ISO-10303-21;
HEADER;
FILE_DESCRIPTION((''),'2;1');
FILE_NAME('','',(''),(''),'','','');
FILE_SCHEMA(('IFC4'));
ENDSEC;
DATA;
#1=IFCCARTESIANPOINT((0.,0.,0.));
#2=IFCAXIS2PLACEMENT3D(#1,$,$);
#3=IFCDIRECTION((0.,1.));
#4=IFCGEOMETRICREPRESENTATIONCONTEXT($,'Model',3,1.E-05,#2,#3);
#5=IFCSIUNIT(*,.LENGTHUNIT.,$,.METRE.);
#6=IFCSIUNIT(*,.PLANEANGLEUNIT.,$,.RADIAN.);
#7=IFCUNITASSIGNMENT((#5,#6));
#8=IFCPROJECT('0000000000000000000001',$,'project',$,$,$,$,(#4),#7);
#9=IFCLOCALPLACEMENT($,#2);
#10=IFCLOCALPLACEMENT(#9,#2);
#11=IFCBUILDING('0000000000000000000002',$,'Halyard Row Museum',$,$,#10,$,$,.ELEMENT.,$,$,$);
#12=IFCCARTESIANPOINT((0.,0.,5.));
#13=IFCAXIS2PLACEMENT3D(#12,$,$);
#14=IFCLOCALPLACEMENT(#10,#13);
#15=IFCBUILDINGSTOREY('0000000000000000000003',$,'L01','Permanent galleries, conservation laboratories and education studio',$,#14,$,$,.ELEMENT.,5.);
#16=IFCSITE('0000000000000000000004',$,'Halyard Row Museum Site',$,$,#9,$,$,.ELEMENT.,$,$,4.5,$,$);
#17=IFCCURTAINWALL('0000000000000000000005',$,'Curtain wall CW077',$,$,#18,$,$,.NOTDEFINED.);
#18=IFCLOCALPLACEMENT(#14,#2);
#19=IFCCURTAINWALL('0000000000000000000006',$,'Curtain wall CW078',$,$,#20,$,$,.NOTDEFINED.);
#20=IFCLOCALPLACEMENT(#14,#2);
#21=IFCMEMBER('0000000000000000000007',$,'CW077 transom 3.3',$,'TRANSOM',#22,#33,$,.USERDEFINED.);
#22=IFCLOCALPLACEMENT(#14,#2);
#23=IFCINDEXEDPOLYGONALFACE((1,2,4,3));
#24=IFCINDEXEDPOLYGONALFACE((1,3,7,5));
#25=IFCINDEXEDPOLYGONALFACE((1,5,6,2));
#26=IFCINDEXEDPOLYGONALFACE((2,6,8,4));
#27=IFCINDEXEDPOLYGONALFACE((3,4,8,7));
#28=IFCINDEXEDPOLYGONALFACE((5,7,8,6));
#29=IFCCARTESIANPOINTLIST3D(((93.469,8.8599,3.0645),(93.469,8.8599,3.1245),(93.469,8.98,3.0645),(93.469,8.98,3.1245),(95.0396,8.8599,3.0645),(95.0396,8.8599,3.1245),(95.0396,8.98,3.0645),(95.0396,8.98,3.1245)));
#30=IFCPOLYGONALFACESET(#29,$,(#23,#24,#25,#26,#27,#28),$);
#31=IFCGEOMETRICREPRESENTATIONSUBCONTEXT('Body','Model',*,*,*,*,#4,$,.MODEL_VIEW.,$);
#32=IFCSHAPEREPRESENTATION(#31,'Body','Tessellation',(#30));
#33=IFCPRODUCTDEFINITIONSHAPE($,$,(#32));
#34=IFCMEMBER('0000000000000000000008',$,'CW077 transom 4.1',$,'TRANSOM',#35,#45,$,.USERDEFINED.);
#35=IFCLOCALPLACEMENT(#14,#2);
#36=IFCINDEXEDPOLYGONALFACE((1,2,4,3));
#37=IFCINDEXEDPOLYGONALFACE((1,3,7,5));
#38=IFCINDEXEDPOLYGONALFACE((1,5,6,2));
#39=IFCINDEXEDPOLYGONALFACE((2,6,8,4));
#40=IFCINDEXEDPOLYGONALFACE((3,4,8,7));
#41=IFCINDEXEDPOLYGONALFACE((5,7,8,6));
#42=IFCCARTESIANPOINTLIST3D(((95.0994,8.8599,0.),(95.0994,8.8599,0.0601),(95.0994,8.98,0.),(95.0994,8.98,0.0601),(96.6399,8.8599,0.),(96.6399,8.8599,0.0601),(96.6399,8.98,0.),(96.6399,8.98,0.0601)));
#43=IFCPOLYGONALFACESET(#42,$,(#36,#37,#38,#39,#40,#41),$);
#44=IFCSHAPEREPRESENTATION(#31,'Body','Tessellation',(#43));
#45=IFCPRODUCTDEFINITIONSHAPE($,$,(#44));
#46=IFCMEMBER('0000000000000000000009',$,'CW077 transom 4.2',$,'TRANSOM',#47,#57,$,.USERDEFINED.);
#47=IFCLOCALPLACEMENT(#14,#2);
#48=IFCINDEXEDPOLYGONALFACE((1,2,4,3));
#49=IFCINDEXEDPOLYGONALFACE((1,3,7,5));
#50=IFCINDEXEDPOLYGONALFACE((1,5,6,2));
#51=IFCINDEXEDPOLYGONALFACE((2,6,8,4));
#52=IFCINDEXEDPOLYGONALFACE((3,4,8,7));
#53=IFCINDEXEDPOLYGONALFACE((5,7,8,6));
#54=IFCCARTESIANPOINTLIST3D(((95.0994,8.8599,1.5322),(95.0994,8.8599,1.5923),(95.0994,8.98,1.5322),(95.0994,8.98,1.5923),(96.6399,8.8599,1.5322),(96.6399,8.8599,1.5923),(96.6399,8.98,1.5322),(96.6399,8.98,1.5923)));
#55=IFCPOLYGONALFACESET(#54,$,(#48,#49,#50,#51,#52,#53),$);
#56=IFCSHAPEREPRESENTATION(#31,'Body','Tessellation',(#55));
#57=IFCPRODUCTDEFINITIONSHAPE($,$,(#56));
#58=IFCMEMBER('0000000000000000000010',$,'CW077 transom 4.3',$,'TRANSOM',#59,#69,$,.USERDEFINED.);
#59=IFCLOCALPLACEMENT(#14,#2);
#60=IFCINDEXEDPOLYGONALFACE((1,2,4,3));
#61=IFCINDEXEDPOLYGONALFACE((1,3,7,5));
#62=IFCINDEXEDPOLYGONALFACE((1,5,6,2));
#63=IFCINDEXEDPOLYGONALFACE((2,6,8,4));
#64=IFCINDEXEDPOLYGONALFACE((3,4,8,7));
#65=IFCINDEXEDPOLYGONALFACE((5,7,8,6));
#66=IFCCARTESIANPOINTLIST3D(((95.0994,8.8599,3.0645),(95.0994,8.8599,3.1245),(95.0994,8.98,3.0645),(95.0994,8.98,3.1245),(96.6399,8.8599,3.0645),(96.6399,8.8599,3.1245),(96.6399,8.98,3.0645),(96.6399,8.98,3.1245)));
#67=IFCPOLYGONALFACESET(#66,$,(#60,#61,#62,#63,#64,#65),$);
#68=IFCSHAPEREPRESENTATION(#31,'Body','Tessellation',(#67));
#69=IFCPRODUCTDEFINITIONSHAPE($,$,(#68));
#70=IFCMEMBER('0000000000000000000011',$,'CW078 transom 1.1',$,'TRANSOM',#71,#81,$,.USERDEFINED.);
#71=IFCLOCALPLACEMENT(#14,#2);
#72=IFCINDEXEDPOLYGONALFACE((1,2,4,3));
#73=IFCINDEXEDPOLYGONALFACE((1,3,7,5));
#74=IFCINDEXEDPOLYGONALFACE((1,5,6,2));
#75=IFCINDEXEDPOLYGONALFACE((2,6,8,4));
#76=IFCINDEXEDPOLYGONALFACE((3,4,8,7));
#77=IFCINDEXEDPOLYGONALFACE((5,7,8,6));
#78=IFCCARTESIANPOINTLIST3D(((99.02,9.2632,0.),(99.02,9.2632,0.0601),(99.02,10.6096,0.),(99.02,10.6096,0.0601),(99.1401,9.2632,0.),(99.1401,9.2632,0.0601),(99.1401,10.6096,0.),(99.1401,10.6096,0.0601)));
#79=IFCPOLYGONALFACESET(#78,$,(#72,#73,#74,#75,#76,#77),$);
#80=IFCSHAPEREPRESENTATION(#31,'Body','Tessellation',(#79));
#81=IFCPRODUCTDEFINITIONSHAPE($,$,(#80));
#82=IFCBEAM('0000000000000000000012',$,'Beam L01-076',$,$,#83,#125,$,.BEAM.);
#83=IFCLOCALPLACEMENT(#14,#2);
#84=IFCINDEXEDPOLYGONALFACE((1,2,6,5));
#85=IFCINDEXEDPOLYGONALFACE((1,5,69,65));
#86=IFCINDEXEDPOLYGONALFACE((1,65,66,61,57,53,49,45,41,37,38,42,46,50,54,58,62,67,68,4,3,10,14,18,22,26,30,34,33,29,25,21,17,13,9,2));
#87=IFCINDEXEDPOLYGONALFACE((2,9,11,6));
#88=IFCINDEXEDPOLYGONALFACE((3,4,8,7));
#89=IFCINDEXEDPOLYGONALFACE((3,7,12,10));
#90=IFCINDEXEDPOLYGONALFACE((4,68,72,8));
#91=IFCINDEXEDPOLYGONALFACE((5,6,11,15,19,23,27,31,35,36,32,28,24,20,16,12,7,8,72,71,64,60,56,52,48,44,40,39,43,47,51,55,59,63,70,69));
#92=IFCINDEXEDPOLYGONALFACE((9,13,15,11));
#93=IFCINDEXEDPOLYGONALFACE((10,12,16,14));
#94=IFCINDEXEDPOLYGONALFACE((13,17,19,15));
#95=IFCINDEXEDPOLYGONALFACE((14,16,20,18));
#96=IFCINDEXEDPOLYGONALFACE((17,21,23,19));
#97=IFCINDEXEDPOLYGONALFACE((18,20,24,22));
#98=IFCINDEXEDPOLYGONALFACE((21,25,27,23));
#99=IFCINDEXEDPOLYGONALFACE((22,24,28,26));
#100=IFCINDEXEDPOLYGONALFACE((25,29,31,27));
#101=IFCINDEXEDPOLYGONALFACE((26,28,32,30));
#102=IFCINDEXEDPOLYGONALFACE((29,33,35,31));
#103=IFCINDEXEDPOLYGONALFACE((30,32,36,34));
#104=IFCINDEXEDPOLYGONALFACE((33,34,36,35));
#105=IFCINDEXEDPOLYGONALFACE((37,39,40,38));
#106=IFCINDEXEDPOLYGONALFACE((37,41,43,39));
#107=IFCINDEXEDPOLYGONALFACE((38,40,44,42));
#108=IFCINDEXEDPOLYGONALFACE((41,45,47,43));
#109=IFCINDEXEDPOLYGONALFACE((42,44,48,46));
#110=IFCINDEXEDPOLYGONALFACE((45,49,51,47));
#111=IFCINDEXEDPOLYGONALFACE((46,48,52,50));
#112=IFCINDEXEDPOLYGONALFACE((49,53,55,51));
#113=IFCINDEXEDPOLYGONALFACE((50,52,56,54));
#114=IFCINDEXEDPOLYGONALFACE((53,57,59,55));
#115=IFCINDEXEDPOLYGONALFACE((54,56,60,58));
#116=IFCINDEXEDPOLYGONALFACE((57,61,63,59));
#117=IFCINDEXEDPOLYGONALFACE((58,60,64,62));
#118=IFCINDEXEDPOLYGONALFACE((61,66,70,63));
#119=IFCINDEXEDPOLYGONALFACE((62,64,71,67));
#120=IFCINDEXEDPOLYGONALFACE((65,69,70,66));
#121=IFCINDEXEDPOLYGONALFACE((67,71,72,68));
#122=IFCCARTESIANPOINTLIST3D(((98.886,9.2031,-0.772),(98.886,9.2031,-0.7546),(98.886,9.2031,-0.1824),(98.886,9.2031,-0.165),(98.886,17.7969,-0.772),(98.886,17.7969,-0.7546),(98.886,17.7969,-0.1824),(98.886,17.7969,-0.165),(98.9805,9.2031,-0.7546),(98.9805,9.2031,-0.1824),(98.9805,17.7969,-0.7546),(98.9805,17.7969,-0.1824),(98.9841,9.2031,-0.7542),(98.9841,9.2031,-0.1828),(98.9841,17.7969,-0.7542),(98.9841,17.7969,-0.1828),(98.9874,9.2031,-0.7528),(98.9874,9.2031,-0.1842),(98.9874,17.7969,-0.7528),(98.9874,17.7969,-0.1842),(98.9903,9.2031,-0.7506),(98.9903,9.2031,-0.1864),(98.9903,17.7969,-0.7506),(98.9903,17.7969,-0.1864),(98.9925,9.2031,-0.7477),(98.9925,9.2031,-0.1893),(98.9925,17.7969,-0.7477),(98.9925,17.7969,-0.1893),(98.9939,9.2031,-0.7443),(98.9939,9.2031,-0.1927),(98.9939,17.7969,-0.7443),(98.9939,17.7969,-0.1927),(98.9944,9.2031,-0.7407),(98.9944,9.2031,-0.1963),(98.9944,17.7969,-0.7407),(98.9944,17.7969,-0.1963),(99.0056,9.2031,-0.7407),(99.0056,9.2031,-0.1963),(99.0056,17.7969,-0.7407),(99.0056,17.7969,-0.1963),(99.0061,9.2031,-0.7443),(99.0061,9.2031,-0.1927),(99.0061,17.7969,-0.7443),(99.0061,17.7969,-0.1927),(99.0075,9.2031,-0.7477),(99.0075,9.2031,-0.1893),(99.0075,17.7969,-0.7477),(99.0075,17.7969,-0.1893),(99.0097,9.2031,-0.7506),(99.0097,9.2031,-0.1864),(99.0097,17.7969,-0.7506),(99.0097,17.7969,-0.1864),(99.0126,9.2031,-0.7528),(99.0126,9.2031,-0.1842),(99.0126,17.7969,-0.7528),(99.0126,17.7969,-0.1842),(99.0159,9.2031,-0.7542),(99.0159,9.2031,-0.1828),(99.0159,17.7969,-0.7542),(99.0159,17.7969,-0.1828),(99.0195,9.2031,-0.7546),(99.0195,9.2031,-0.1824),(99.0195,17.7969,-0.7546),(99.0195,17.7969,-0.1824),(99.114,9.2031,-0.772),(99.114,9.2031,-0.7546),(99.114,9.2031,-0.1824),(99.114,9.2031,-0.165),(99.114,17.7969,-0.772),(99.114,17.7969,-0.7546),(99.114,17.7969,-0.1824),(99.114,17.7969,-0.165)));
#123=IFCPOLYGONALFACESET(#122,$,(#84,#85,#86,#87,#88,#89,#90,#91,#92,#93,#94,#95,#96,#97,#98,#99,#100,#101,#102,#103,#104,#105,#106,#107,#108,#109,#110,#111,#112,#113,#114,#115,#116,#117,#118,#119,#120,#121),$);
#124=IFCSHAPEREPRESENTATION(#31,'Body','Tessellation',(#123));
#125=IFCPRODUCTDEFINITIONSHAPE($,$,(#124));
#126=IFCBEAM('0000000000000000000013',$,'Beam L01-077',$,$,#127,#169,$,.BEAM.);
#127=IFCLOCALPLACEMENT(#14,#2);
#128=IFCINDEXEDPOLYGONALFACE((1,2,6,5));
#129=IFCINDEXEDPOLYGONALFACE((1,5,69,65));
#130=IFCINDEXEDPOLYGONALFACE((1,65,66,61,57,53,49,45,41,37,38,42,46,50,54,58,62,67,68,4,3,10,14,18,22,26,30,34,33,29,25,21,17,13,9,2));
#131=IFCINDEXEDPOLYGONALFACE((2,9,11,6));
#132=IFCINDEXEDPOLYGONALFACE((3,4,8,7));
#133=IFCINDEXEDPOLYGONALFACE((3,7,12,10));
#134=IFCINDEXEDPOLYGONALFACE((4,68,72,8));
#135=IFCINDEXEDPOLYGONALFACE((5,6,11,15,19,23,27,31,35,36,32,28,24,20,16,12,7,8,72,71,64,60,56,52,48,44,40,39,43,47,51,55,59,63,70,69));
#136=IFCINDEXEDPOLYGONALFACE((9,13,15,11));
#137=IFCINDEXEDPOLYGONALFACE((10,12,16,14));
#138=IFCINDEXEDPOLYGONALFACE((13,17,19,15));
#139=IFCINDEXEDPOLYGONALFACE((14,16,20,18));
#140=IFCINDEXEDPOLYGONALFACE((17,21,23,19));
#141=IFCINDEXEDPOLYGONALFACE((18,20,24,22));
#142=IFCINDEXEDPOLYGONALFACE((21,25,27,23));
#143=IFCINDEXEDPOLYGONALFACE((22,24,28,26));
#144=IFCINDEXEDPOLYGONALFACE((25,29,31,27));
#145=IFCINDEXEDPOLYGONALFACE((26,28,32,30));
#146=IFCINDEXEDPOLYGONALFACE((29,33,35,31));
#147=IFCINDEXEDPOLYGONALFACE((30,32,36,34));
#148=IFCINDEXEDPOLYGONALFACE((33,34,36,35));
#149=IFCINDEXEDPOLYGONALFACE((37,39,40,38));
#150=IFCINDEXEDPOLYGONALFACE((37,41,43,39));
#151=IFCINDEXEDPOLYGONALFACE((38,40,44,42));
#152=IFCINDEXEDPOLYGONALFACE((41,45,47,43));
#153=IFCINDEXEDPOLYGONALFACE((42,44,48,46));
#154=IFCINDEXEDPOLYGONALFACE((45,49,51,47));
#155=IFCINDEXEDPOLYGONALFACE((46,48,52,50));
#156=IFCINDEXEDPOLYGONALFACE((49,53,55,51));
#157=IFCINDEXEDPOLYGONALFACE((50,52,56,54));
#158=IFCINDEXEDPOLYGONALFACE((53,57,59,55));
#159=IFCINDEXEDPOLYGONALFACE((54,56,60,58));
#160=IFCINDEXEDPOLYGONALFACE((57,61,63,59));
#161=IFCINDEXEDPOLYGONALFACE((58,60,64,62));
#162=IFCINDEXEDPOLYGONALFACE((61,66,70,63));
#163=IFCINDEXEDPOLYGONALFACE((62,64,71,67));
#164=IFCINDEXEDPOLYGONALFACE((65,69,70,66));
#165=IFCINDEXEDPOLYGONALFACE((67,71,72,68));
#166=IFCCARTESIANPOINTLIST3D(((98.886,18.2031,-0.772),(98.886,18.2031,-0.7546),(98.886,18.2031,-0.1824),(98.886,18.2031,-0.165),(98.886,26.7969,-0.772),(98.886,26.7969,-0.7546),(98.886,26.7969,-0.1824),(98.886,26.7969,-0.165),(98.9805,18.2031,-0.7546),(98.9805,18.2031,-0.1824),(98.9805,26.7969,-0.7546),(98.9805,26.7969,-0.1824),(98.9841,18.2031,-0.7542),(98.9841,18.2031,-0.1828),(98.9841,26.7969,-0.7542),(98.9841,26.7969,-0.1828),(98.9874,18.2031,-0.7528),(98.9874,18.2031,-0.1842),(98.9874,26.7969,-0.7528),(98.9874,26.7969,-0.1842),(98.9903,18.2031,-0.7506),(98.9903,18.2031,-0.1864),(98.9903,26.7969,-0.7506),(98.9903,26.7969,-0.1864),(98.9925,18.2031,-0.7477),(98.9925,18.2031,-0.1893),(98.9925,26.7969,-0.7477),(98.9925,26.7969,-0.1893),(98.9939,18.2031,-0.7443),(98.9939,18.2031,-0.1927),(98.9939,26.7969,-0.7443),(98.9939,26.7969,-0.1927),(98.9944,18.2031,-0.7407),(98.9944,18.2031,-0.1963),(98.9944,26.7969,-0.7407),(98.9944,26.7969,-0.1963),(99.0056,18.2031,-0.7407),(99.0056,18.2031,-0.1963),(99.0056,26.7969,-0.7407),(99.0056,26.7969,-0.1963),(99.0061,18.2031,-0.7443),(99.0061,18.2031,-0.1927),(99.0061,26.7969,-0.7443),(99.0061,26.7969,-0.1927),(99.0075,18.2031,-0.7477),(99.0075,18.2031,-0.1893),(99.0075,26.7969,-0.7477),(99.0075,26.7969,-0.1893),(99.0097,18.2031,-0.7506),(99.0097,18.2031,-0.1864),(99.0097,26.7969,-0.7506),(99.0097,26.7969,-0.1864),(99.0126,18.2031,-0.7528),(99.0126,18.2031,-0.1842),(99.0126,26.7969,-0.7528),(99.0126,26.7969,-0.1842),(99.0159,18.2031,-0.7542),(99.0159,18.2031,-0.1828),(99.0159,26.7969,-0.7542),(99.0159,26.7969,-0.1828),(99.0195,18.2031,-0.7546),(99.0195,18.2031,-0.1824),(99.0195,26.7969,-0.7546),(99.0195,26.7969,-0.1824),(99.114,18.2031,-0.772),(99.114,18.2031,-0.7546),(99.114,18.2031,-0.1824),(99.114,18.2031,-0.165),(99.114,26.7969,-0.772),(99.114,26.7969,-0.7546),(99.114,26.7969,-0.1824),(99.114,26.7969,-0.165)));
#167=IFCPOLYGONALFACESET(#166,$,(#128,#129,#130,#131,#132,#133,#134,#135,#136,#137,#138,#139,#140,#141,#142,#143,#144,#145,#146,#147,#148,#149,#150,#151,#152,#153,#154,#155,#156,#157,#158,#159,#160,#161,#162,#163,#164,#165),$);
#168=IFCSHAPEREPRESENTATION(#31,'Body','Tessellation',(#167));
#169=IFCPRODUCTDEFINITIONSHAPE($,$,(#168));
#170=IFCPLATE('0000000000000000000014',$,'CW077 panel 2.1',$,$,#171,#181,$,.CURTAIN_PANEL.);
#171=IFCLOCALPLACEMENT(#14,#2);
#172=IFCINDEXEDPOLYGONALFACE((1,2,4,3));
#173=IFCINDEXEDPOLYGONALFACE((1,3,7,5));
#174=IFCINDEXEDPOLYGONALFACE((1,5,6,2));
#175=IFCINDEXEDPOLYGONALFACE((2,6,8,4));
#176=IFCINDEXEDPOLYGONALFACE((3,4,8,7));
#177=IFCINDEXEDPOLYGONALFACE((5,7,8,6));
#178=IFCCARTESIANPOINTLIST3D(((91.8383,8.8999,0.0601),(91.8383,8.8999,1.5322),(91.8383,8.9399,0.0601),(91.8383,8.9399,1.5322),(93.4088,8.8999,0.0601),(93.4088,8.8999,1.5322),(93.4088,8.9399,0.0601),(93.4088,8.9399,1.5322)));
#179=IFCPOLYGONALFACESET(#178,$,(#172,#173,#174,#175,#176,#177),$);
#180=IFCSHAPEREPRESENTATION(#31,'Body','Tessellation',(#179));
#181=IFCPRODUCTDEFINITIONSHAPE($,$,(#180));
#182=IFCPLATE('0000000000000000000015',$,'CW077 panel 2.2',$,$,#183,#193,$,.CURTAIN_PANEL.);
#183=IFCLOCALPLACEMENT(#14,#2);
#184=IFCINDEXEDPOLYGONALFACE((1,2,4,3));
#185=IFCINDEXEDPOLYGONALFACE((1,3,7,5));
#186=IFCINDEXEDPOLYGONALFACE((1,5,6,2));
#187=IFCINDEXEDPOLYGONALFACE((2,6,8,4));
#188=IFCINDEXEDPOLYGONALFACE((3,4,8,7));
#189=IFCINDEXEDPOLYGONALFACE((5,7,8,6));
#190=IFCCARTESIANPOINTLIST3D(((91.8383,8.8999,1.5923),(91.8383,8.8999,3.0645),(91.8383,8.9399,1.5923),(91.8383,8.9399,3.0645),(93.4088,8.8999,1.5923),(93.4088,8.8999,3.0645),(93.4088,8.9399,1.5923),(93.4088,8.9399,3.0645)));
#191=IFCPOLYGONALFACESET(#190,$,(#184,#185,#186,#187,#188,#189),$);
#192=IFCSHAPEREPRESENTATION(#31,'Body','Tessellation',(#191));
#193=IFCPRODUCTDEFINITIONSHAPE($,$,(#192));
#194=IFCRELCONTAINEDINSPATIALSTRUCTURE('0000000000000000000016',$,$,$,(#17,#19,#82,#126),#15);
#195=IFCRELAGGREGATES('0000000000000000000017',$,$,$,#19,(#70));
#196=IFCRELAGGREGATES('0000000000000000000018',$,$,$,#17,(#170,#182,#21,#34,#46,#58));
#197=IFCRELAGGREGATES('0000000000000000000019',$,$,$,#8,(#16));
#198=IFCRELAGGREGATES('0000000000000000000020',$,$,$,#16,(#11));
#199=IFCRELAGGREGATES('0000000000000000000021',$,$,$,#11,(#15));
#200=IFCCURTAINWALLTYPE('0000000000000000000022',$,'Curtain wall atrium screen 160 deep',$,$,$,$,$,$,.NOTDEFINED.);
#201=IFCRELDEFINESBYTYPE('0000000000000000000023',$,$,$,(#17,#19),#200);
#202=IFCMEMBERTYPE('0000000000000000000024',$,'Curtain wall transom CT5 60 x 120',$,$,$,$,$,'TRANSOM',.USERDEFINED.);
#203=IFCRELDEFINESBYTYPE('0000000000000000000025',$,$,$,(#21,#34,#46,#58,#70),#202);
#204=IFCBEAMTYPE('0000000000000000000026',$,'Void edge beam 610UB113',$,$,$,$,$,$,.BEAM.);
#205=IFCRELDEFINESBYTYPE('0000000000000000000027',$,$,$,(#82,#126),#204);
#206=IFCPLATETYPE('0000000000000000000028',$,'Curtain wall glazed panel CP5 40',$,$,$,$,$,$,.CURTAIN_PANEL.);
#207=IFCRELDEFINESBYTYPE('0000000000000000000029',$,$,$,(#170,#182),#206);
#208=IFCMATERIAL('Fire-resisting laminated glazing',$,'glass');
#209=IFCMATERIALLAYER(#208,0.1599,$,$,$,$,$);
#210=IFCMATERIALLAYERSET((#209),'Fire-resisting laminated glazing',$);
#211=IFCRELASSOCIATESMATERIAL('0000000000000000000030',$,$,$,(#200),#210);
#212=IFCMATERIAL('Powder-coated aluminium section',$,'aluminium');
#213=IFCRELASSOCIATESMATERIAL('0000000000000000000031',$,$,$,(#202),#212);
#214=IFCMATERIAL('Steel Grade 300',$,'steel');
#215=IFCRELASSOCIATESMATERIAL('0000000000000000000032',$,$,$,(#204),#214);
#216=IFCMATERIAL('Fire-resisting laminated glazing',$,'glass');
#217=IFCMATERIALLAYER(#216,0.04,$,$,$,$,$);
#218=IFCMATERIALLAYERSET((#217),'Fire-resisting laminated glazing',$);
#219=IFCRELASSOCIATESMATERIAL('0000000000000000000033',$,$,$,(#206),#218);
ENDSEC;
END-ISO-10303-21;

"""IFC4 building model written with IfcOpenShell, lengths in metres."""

from ifc_helpers import new_model, si_unit, direction, frame, origin, origin_2d, place, context, subcontext, project, spatial, rectangle, i_section, extrude, material, layer, layer_set, material_profile, profile_set, type_object, element, aggregate, save


model = new_model("IFC4")

# Units and contexts
model_context = context("Model", 3, precision=1e-05, world=origin(), true_north=direction((0.0, 1.0)))
body_context = subcontext(model_context, "Body", "Model", "MODEL_VIEW")
ifc_project = project(units=[si_unit("LENGTHUNIT", "METRE"), si_unit("PLANEANGLEUNIT", "RADIAN")], contexts=[model_context])

# Site, building, storey
site_placement = place(None, origin())
site = spatial("IfcSite", under=ifc_project, at=site_placement, Name="Halyard Row Museum Site", CompositionType="ELEMENT", RefElevation=4.5)
building_placement = place(site_placement, origin())
building = spatial("IfcBuilding", under=site, at=building_placement, Name="Halyard Row Museum", CompositionType="ELEMENT")
storey_placement = place(building_placement, frame((0.0, 0.0, 5.0)))
storey = spatial("IfcBuildingStorey", under=building, at=storey_placement, Name="L01", Description="Permanent galleries, conservation laboratories and education studio", CompositionType="ELEMENT", Elevation=5.0)

# Curtain wall
ifc_material_1 = material(Name="Fire-resisting laminated glazing", Category="glass")
ifc_layer_1 = layer(ifc_material_1, 0.1599)
ifc_layer_set_1 = layer_set([ifc_layer_1], Name="Fire-resisting laminated glazing")
curtain_wall_type = type_object("IfcCurtainWallType", Name="Curtain wall atrium screen 160 deep", PredefinedType="NOTDEFINED", material=ifc_layer_set_1)
curtain_wall_1_placement = place(storey_placement, origin())
curtain_wall_1 = element("IfcCurtainWall", 1, at=curtain_wall_1_placement, inside=storey, type_object=curtain_wall_type, Name="Curtain wall CW077", PredefinedType="NOTDEFINED")

# Curtain wall
curtain_wall_2_placement = place(storey_placement, origin())
curtain_wall_2 = element("IfcCurtainWall", 2, at=curtain_wall_2_placement, inside=storey, type_object=curtain_wall_type, Name="Curtain wall CW078", PredefinedType="NOTDEFINED")

# Members
ifc_material_2 = material(Name="Powder-coated aluminium section", Category="aluminium")
ifc_material_profile_1 = material_profile(ifc_material_2, rectangle(XDim=0.1201, YDim=0.0601, at=origin_2d()), Name="120x60 transom")
ifc_profile_set_1 = profile_set([ifc_material_profile_1], Name="Powder-coated aluminium section")
member_type_1 = type_object("IfcMemberType", Name="Curtain wall transom CT5 60 x 120", ElementType="TRANSOM", PredefinedType="USERDEFINED", material=ifc_profile_set_1)
member_1_placement = place(storey_placement, frame((93.469, 8.9199, 3.0945), z_axis=(1.0, 0.0, 0.0), x_axis=(0.0, 1.0, 0.0)))
member_1 = element("IfcMember", 3, at=member_1_placement, type_object=member_type_1, Name="CW077 transom 3.3", ObjectType="TRANSOM", PredefinedType="USERDEFINED", context=body_context, shape_type="SweptSolid", body=[
    extrude(rectangle(XDim=0.1201, YDim=0.0601, at=origin_2d()), origin(), (0.0, 0.0, 1.0), 1.5706),
])
member_2_placement = place(storey_placement, frame((95.0994, 8.9199, 0.03), z_axis=(1.0, 0.0, 0.0), x_axis=(0.0, 1.0, 0.0)))
member_2 = element("IfcMember", 4, at=member_2_placement, type_object=member_type_1, Name="CW077 transom 4.1", ObjectType="TRANSOM", PredefinedType="USERDEFINED", context=body_context, shape_type="SweptSolid", body=[
    extrude(rectangle(XDim=0.1201, YDim=0.0601, at=origin_2d()), origin(), (0.0, 0.0, 1.0), 1.5405),
])
member_3_placement = place(storey_placement, frame((95.0994, 8.9199, 1.5623), z_axis=(1.0, 0.0, 0.0), x_axis=(0.0, 1.0, 0.0)))
member_3 = element("IfcMember", 5, at=member_3_placement, type_object=member_type_1, Name="CW077 transom 4.2", ObjectType="TRANSOM", PredefinedType="USERDEFINED", context=body_context, shape_type="SweptSolid", body=[
    extrude(rectangle(XDim=0.1201, YDim=0.0601, at=origin_2d()), origin(), (0.0, 0.0, 1.0), 1.5405),
])
member_4_placement = place(storey_placement, frame((95.0994, 8.9199, 3.0945), z_axis=(1.0, 0.0, 0.0), x_axis=(0.0, 1.0, 0.0)))
member_4 = element("IfcMember", 6, at=member_4_placement, type_object=member_type_1, Name="CW077 transom 4.3", ObjectType="TRANSOM", PredefinedType="USERDEFINED", context=body_context, shape_type="SweptSolid", body=[
    extrude(rectangle(XDim=0.1201, YDim=0.0601, at=origin_2d()), origin(), (0.0, 0.0, 1.0), 1.5405),
])
member_5_placement = place(storey_placement, frame((99.0801, 9.2632, 0.03), z_axis=(0.0, 1.0, 0.0), x_axis=(-1.0, 0.0, 0.0)))
member_5 = element("IfcMember", 7, at=member_5_placement, type_object=member_type_1, Name="CW078 transom 1.1", ObjectType="TRANSOM", PredefinedType="USERDEFINED", context=body_context, shape_type="SweptSolid", body=[
    extrude(rectangle(XDim=0.1201, YDim=0.0601, at=origin_2d()), origin(), (0.0, 0.0, 1.0), 1.3464),
])
aggregate(curtain_wall_2, [member_5])

# Beams
ifc_material_3 = material(Name="Steel Grade 300", Category="steel")
ifc_material_profile_2 = material_profile(ifc_material_3, i_section(OverallWidth=0.228, OverallDepth=0.6069, WebThickness=0.0112, FlangeThickness=0.0173, FilletRadius=0.0139, at=origin_2d()), Name="610UB113")
ifc_profile_set_2 = profile_set([ifc_material_profile_2], Name="Steel Grade 300")
beam_type = type_object("IfcBeamType", Name="Void edge beam 610UB113", PredefinedType="BEAM", material=ifc_profile_set_2)
for number, where, z_axis, x_axis, name in (
    (8, (99.0, 9.2031, -0.4685), (0.0, 1.0, 0.0), (-1.0, 0.0, 0.0), "Beam L01-076"),
    (9, (99.0, 18.2031, -0.4685), (0.0, 1.0, 0.0), (-1.0, 0.0, 0.0), "Beam L01-077"),
):
    element("IfcBeam", number, at=place(storey_placement, frame(where, z_axis=z_axis, x_axis=x_axis)), inside=storey, type_object=beam_type, Name=name, PredefinedType="BEAM", context=body_context, shape_type="SweptSolid", body=[
        extrude(i_section(OverallWidth=0.228, OverallDepth=0.6069, WebThickness=0.0112, FlangeThickness=0.0173, FilletRadius=0.0139, at=origin_2d()), origin(), (0.0, 0.0, 1.0), 8.5938),
    ])

# Plates
ifc_material_4 = material(Name="Fire-resisting laminated glazing", Category="glass")
ifc_layer_2 = layer(ifc_material_4, 0.04)
ifc_layer_set_2 = layer_set([ifc_layer_2], Name="Fire-resisting laminated glazing")
plate_type = type_object("IfcPlateType", Name="Curtain wall glazed panel CP5 40", PredefinedType="CURTAIN_PANEL", material=ifc_layer_set_2)
plate_1_placement = place(storey_placement, frame((92.6235, 8.9199, 0.0601), z_axis=(0.0, 0.0, 1.0), x_axis=(1.0, 0.0, 0.0)))
plate_1 = element("IfcPlate", 10, at=plate_1_placement, type_object=plate_type, Name="CW077 panel 2.1", PredefinedType="CURTAIN_PANEL", context=body_context, shape_type="SweptSolid", body=[
    extrude(rectangle(XDim=1.5706, YDim=0.04, at=origin_2d()), origin(), (0.0, 0.0, 1.0), 1.4722),
])
plate_2_placement = place(storey_placement, frame((92.6235, 8.9199, 1.5923), z_axis=(0.0, 0.0, 1.0), x_axis=(1.0, 0.0, 0.0)))
plate_2 = element("IfcPlate", 11, at=plate_2_placement, type_object=plate_type, Name="CW077 panel 2.2", PredefinedType="CURTAIN_PANEL", context=body_context, shape_type="SweptSolid", body=[
    extrude(rectangle(XDim=1.5706, YDim=0.04, at=origin_2d()), origin(), (0.0, 0.0, 1.0), 1.4722),
])
aggregate(curtain_wall_1, [plate_1, plate_2, member_1, member_2, member_3, member_4])

save(model, "model.ifc")
